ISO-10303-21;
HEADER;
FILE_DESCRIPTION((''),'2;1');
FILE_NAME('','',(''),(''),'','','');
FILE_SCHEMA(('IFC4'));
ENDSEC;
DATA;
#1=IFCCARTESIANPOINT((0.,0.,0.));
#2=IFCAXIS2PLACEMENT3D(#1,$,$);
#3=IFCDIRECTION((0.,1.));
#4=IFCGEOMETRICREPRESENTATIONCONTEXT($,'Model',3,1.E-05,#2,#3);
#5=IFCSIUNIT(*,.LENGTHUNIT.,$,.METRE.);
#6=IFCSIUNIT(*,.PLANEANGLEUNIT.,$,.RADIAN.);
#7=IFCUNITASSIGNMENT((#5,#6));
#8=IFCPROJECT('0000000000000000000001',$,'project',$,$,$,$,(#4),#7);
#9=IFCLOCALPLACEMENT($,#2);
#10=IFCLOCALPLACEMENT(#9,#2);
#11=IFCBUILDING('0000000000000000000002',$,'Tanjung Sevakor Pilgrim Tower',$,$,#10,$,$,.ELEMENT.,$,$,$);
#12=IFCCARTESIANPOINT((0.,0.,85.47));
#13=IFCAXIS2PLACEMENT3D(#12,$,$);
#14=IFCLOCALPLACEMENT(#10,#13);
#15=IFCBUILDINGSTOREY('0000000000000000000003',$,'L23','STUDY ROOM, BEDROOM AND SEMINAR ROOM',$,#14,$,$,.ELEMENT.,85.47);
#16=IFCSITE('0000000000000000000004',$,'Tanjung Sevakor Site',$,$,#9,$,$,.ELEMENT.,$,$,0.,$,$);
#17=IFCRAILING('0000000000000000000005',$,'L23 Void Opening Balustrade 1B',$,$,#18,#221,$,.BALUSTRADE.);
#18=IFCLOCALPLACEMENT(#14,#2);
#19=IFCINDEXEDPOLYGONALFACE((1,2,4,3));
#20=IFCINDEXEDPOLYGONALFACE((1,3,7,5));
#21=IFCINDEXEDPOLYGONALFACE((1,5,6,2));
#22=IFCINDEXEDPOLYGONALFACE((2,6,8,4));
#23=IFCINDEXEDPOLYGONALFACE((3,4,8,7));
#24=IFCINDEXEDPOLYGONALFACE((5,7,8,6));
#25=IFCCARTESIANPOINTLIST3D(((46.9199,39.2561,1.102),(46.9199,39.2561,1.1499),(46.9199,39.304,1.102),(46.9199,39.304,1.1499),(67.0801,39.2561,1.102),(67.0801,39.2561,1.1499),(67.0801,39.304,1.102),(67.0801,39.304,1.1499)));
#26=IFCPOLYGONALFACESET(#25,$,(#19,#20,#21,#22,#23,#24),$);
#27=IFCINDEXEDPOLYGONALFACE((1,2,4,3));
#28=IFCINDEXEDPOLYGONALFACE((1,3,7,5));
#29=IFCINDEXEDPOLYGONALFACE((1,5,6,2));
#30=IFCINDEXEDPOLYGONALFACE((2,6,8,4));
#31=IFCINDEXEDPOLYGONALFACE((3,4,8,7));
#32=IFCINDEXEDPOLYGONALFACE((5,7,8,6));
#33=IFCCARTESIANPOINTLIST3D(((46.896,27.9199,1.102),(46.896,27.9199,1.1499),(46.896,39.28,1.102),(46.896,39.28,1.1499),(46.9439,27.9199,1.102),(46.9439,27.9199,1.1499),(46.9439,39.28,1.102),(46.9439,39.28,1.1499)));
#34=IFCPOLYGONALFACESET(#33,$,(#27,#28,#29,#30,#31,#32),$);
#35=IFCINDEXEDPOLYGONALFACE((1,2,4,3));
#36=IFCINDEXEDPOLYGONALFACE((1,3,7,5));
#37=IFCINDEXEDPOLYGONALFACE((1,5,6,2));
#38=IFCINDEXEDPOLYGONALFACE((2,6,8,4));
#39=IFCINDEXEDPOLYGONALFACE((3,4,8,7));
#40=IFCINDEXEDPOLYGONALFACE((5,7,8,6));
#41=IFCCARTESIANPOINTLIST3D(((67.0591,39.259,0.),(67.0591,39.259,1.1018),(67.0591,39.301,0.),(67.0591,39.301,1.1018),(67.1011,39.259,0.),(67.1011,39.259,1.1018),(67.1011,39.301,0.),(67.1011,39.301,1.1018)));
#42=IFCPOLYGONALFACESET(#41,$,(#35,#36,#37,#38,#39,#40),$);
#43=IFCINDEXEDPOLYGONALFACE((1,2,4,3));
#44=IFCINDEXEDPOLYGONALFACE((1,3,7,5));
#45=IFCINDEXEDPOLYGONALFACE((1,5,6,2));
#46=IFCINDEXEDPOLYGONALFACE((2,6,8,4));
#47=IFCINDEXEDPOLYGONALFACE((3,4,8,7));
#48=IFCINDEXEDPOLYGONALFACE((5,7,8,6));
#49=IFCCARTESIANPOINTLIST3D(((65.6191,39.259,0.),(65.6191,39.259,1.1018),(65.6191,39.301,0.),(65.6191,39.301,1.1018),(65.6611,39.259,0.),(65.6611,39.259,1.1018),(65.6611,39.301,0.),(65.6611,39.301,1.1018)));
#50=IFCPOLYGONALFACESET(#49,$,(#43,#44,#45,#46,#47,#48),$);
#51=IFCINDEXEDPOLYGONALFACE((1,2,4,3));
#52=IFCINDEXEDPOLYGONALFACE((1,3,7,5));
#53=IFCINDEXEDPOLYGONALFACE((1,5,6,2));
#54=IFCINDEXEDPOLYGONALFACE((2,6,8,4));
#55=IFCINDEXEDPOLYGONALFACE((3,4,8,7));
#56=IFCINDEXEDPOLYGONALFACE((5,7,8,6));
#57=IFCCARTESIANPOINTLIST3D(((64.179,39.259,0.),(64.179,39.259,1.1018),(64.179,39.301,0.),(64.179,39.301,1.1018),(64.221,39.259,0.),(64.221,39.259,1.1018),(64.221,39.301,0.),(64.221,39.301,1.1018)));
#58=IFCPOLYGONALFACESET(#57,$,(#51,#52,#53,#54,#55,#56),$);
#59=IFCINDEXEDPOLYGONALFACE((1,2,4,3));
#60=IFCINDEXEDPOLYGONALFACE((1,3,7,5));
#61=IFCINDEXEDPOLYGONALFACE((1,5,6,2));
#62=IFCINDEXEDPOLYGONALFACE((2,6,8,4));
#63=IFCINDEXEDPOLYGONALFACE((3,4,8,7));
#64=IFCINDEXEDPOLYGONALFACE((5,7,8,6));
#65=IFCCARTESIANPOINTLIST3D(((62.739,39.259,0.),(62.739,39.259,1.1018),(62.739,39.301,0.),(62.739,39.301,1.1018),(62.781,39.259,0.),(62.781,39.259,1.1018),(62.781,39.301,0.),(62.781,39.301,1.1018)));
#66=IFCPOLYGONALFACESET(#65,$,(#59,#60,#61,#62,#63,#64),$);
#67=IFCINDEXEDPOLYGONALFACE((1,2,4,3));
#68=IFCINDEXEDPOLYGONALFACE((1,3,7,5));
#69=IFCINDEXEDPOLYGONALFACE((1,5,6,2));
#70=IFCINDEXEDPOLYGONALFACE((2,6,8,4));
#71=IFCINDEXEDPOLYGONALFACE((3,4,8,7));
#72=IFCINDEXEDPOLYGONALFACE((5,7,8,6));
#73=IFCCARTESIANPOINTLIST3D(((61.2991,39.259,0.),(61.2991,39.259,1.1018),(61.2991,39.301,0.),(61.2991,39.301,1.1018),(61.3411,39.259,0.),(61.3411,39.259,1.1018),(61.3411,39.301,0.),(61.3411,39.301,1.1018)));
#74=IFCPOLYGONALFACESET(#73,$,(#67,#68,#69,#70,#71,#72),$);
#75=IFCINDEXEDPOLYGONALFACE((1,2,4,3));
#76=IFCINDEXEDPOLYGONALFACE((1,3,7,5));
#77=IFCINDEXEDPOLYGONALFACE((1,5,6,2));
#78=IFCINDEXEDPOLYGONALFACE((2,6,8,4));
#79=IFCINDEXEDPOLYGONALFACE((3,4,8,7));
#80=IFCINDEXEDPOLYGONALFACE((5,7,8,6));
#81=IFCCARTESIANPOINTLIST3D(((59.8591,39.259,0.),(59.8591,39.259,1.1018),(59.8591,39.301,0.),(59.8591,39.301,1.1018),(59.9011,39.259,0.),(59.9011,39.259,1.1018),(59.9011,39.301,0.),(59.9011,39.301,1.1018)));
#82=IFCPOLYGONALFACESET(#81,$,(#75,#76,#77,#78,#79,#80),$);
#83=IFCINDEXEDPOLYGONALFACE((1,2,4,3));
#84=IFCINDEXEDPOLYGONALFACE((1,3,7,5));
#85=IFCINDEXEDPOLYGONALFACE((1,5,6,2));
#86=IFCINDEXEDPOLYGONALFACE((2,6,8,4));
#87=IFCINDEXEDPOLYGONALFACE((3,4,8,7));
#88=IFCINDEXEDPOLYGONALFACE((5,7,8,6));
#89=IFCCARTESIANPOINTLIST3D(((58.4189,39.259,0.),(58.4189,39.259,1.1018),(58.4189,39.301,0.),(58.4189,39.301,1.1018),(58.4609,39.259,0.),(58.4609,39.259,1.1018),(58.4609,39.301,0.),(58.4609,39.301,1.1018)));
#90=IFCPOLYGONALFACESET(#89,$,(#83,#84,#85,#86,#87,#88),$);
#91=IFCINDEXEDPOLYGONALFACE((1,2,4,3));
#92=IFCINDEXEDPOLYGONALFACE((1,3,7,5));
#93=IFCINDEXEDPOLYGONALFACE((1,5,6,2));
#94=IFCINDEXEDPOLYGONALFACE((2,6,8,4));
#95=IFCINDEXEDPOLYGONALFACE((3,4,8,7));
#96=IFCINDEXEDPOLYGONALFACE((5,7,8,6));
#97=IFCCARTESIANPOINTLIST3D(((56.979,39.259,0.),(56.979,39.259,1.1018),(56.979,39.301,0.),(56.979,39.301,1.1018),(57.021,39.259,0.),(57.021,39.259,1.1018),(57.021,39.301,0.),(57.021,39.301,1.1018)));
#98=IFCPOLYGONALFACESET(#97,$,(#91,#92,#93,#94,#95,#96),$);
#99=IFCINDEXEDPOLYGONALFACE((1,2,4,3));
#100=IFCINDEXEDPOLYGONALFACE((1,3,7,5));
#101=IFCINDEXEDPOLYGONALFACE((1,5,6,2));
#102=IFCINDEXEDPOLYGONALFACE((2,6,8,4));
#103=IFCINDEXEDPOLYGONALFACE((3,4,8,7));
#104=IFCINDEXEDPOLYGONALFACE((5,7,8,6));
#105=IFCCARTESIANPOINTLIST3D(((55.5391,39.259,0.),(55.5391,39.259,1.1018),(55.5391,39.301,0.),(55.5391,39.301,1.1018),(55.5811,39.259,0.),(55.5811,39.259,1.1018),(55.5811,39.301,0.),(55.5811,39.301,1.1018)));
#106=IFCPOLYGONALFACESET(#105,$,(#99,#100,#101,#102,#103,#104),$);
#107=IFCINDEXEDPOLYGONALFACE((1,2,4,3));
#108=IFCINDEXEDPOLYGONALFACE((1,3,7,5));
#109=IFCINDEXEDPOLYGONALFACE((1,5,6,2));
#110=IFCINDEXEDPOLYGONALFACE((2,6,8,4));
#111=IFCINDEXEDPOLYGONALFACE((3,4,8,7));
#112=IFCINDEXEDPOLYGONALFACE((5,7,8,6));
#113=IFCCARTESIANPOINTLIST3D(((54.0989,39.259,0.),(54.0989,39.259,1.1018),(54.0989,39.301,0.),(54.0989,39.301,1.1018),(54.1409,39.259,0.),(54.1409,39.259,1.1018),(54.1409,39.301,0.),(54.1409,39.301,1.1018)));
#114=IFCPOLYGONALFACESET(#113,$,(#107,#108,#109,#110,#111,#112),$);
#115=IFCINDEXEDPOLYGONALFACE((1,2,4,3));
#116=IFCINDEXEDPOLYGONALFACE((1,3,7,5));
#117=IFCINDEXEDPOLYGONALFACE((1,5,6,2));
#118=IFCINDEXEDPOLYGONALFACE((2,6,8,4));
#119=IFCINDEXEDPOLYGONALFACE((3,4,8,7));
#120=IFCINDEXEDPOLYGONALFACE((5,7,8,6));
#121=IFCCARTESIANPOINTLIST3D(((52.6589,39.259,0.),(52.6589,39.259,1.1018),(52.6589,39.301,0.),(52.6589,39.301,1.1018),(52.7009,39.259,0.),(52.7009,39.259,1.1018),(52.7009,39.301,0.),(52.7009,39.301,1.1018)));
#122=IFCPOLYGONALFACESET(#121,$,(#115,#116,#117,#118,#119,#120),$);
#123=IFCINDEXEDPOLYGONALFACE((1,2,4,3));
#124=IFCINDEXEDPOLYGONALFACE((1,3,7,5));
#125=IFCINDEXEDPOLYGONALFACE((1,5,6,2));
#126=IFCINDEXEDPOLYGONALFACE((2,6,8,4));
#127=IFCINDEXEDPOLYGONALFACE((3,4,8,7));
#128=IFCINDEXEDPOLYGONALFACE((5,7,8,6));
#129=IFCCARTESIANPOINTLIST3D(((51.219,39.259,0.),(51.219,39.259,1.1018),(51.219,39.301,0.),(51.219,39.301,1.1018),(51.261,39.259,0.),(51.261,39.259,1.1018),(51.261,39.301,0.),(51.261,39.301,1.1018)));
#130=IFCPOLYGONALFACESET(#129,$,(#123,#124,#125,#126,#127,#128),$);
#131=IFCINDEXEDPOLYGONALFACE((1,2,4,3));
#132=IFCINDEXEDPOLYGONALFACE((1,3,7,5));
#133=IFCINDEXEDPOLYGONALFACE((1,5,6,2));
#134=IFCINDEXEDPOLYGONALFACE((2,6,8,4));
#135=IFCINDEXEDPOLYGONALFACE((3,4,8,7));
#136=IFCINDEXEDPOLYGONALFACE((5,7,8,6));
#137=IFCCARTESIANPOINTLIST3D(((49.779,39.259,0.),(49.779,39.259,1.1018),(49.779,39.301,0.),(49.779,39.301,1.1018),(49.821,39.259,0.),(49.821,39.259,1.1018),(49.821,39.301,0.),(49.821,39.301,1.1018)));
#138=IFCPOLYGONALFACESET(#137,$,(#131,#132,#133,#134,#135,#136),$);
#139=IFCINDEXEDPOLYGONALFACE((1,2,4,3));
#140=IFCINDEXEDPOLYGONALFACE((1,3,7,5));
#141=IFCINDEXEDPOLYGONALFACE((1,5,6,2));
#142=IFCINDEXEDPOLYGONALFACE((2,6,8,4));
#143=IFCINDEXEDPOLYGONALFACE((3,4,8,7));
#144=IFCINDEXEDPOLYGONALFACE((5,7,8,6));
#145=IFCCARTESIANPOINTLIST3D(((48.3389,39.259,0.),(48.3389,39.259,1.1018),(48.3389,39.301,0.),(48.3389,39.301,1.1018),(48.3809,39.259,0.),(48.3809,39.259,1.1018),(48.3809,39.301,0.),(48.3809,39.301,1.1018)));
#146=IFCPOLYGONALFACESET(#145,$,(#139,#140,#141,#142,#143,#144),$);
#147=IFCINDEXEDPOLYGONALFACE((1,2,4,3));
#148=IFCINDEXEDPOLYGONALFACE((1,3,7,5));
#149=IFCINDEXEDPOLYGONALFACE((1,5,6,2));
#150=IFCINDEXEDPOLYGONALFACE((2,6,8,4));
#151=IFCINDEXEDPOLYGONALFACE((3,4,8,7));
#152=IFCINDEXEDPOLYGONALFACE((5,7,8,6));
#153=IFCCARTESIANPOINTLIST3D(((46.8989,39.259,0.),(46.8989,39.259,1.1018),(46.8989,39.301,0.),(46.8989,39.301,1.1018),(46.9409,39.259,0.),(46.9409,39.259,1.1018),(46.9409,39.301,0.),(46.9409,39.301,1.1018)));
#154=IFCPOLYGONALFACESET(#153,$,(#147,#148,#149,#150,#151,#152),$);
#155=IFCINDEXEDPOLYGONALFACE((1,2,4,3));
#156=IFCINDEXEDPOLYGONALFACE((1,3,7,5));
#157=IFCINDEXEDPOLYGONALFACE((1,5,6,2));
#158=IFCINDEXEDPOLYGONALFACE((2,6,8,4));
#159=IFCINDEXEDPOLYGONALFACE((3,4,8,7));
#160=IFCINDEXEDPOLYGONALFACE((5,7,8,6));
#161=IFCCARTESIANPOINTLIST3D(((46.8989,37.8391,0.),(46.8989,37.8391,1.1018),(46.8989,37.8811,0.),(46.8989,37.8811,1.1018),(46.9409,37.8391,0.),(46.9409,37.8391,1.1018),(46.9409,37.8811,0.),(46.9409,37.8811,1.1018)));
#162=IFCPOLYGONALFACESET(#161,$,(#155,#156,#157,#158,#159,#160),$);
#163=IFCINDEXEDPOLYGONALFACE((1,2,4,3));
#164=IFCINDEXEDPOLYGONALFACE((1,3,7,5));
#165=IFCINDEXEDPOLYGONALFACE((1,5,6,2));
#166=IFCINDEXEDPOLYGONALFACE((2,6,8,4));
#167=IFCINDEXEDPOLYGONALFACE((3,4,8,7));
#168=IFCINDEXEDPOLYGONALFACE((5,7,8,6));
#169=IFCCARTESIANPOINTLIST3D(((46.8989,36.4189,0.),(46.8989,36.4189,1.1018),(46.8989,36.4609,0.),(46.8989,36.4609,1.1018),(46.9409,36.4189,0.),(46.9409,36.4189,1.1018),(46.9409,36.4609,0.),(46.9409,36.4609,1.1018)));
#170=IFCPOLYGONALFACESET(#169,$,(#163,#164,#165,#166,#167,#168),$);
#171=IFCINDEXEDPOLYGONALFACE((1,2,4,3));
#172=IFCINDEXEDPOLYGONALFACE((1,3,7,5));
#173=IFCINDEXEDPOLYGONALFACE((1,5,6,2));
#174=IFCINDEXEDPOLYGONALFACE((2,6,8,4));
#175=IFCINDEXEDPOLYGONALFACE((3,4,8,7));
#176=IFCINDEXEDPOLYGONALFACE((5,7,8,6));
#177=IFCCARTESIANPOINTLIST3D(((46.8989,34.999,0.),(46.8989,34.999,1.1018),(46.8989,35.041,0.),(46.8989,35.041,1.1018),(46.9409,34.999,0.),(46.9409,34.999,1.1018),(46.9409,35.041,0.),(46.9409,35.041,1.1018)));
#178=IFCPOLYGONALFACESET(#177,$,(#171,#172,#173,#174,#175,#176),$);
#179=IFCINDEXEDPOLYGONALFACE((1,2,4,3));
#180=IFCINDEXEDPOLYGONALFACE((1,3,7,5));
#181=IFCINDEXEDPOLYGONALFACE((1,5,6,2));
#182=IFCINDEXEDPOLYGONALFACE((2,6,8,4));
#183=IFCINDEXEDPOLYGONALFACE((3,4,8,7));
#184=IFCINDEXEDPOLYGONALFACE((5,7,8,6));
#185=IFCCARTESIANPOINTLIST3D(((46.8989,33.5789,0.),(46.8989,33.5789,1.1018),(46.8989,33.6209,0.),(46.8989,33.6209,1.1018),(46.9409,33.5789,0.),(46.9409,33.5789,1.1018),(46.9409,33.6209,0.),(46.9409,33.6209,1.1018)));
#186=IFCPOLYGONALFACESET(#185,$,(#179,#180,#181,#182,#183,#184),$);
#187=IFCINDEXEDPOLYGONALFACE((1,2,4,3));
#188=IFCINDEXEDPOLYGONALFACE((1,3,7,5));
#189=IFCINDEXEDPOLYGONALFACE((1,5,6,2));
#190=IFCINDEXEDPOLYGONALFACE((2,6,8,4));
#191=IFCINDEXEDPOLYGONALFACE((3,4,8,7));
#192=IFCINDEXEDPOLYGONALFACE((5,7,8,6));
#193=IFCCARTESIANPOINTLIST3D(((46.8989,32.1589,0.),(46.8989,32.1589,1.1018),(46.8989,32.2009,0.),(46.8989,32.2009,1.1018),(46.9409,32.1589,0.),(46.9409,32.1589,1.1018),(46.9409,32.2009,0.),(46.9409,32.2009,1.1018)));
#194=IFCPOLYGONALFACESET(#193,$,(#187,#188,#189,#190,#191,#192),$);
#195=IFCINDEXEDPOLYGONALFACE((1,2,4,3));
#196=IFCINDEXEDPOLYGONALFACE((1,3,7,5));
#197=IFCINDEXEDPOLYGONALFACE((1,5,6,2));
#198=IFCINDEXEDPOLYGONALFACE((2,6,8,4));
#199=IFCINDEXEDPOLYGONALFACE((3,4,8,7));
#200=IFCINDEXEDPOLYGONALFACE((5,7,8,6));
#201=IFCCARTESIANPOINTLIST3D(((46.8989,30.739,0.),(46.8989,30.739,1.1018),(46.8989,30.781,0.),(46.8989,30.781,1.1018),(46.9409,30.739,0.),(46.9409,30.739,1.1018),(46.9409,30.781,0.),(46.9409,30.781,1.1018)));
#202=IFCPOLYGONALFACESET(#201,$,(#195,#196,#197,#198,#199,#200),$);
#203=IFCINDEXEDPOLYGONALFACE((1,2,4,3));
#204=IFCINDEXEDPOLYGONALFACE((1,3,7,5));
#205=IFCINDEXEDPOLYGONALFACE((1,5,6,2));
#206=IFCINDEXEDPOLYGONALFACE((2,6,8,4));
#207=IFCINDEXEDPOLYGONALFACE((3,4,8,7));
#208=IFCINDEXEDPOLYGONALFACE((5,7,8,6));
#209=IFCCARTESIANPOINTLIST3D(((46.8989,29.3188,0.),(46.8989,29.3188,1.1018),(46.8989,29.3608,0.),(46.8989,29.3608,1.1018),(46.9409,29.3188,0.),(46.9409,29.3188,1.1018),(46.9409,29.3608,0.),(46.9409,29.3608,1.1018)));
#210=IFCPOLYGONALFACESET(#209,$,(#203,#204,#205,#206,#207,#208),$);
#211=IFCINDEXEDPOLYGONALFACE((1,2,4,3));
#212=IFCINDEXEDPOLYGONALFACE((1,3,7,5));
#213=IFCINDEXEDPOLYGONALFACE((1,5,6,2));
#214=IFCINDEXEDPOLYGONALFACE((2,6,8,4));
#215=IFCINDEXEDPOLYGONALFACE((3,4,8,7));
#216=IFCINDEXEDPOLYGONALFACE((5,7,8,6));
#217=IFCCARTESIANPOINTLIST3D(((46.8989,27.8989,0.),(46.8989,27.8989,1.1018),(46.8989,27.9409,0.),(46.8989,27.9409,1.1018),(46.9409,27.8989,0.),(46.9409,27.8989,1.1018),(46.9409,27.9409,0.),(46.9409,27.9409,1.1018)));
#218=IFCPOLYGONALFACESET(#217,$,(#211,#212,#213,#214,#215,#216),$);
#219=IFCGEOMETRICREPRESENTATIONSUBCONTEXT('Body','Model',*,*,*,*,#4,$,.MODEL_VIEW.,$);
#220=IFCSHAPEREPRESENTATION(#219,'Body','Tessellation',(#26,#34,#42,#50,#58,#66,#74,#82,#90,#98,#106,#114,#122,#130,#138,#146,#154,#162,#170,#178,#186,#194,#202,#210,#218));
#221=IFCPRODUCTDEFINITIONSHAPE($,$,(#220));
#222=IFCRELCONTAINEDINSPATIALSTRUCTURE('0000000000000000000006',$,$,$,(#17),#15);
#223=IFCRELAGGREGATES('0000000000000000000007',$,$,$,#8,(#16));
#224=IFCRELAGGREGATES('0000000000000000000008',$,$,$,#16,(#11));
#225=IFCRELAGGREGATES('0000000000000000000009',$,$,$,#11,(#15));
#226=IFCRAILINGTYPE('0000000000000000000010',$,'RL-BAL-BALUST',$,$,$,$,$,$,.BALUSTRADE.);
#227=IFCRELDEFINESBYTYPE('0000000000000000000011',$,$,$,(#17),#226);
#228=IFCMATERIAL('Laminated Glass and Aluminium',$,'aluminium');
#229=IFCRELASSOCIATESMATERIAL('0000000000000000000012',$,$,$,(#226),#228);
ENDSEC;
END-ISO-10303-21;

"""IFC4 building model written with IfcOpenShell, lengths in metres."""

from ifc_helpers import new_model, si_unit, direction, frame, origin, place, context, subcontext, project, spatial, rectangle, extrude, material, type_object, element, save


model = new_model("IFC4")

# Units and contexts
model_context = context("Model", 3, precision=1e-05, world=origin(), true_north=direction((0.0, 1.0)))
body_context = subcontext(model_context, "Body", "Model", "MODEL_VIEW")
ifc_project = project(units=[si_unit("LENGTHUNIT", "METRE"), si_unit("PLANEANGLEUNIT", "RADIAN")], contexts=[model_context])

# Site, building, storey
site_placement = place(None, origin())
site = spatial("IfcSite", under=ifc_project, at=site_placement, Name="Tanjung Sevakor Site", CompositionType="ELEMENT", RefElevation=0.0)
building_placement = place(site_placement, origin())
building = spatial("IfcBuilding", under=site, at=building_placement, Name="Tanjung Sevakor Pilgrim Tower", CompositionType="ELEMENT")
storey_placement = place(building_placement, frame((0.0, 0.0, 85.47)))
storey = spatial("IfcBuildingStorey", under=building, at=storey_placement, Name="L23", Description="STUDY ROOM, BEDROOM AND SEMINAR ROOM", CompositionType="ELEMENT", Elevation=85.47)

# Railing
ifc_material_1 = material(Name="Laminated Glass and Aluminium", Category="aluminium")
railing_type = type_object("IfcRailingType", Name="RL-BAL-BALUST", PredefinedType="BALUSTRADE", material=ifc_material_1)
railing_1_placement = place(storey_placement, frame((67.0801, 39.28, 0.0)))
element("IfcRailing", 1, at=railing_1_placement, inside=storey, type_object=railing_type, Name="L23 Void Opening Balustrade 1B", PredefinedType="BALUSTRADE", context=body_context, shape_type="SweptSolid", body=[
    extrude(rectangle(XDim=0.0479, YDim=0.0479), frame((0.0, 0.0, 1.126), z_axis=(-1.0, 0.0, 0.0), x_axis=(0.0, -1.0, 0.0)), (0.0, 0.0, 1.0), 20.1602),
    extrude(rectangle(XDim=0.0479, YDim=0.0479), frame((-20.1602, 0.0, 1.126), z_axis=(0.0, -1.0, 0.0), x_axis=(1.0, 0.0, 0.0)), (0.0, 0.0, 1.0), 11.3601),
    extrude(rectangle(XDim=0.042, YDim=0.042), origin(), (0.0, 0.0, 1.0), 1.1018),
    extrude(rectangle(XDim=0.042, YDim=0.042), frame((-1.4399, 0.0, 0.0)), (0.0, 0.0, 1.0), 1.1018),
    extrude(rectangle(XDim=0.042, YDim=0.042), frame((-2.8801, 0.0, 0.0)), (0.0, 0.0, 1.0), 1.1018),
    extrude(rectangle(XDim=0.042, YDim=0.042), frame((-4.3201, 0.0, 0.0)), (0.0, 0.0, 1.0), 1.1018),
    extrude(rectangle(XDim=0.042, YDim=0.042), frame((-5.76, 0.0, 0.0)), (0.0, 0.0, 1.0), 1.1018),
    extrude(rectangle(XDim=0.042, YDim=0.042), frame((-7.2, 0.0, 0.0)), (0.0, 0.0, 1.0), 1.1018),
    extrude(rectangle(XDim=0.042, YDim=0.042), frame((-8.6401, 0.0, 0.0)), (0.0, 0.0, 1.0), 1.1018),
    extrude(rectangle(XDim=0.042, YDim=0.042), frame((-10.0801, 0.0, 0.0)), (0.0, 0.0, 1.0), 1.1018),
    extrude(rectangle(XDim=0.042, YDim=0.042), frame((-11.52, 0.0, 0.0)), (0.0, 0.0, 1.0), 1.1018),
    extrude(rectangle(XDim=0.042, YDim=0.042), frame((-12.9602, 0.0, 0.0)), (0.0, 0.0, 1.0), 1.1018),
    extrude(rectangle(XDim=0.042, YDim=0.042), frame((-14.4001, 0.0, 0.0)), (0.0, 0.0, 1.0), 1.1018),
    extrude(rectangle(XDim=0.042, YDim=0.042), frame((-15.8401, 0.0, 0.0)), (0.0, 0.0, 1.0), 1.1018),
    extrude(rectangle(XDim=0.042, YDim=0.042), frame((-17.28, 0.0, 0.0)), (0.0, 0.0, 1.0), 1.1018),
    extrude(rectangle(XDim=0.042, YDim=0.042), frame((-18.7202, 0.0, 0.0)), (0.0, 0.0, 1.0), 1.1018),
    extrude(rectangle(XDim=0.042, YDim=0.042), frame((-20.1602, 0.0, 0.0)), (0.0, 0.0, 1.0), 1.1018),
    extrude(rectangle(XDim=0.042, YDim=0.042), frame((-20.1602, -1.4199, 0.0)), (0.0, 0.0, 1.0), 1.1018),
    extrude(rectangle(XDim=0.042, YDim=0.042), frame((-20.1602, -2.8401, 0.0)), (0.0, 0.0, 1.0), 1.1018),
    extrude(rectangle(XDim=0.042, YDim=0.042), frame((-20.1602, -4.26, 0.0)), (0.0, 0.0, 1.0), 1.1018),
    extrude(rectangle(XDim=0.042, YDim=0.042), frame((-20.1602, -5.6802, 0.0)), (0.0, 0.0, 1.0), 1.1018),
    extrude(rectangle(XDim=0.042, YDim=0.042), frame((-20.1602, -7.1001, 0.0)), (0.0, 0.0, 1.0), 1.1018),
    extrude(rectangle(XDim=0.042, YDim=0.042), frame((-20.1602, -8.52, 0.0)), (0.0, 0.0, 1.0), 1.1018),
    extrude(rectangle(XDim=0.042, YDim=0.042), frame((-20.1602, -9.9402, 0.0)), (0.0, 0.0, 1.0), 1.1018),
    extrude(rectangle(XDim=0.042, YDim=0.042), frame((-20.1602, -11.3601, 0.0)), (0.0, 0.0, 1.0), 1.1018),
])

save(model, "model.ifc")
